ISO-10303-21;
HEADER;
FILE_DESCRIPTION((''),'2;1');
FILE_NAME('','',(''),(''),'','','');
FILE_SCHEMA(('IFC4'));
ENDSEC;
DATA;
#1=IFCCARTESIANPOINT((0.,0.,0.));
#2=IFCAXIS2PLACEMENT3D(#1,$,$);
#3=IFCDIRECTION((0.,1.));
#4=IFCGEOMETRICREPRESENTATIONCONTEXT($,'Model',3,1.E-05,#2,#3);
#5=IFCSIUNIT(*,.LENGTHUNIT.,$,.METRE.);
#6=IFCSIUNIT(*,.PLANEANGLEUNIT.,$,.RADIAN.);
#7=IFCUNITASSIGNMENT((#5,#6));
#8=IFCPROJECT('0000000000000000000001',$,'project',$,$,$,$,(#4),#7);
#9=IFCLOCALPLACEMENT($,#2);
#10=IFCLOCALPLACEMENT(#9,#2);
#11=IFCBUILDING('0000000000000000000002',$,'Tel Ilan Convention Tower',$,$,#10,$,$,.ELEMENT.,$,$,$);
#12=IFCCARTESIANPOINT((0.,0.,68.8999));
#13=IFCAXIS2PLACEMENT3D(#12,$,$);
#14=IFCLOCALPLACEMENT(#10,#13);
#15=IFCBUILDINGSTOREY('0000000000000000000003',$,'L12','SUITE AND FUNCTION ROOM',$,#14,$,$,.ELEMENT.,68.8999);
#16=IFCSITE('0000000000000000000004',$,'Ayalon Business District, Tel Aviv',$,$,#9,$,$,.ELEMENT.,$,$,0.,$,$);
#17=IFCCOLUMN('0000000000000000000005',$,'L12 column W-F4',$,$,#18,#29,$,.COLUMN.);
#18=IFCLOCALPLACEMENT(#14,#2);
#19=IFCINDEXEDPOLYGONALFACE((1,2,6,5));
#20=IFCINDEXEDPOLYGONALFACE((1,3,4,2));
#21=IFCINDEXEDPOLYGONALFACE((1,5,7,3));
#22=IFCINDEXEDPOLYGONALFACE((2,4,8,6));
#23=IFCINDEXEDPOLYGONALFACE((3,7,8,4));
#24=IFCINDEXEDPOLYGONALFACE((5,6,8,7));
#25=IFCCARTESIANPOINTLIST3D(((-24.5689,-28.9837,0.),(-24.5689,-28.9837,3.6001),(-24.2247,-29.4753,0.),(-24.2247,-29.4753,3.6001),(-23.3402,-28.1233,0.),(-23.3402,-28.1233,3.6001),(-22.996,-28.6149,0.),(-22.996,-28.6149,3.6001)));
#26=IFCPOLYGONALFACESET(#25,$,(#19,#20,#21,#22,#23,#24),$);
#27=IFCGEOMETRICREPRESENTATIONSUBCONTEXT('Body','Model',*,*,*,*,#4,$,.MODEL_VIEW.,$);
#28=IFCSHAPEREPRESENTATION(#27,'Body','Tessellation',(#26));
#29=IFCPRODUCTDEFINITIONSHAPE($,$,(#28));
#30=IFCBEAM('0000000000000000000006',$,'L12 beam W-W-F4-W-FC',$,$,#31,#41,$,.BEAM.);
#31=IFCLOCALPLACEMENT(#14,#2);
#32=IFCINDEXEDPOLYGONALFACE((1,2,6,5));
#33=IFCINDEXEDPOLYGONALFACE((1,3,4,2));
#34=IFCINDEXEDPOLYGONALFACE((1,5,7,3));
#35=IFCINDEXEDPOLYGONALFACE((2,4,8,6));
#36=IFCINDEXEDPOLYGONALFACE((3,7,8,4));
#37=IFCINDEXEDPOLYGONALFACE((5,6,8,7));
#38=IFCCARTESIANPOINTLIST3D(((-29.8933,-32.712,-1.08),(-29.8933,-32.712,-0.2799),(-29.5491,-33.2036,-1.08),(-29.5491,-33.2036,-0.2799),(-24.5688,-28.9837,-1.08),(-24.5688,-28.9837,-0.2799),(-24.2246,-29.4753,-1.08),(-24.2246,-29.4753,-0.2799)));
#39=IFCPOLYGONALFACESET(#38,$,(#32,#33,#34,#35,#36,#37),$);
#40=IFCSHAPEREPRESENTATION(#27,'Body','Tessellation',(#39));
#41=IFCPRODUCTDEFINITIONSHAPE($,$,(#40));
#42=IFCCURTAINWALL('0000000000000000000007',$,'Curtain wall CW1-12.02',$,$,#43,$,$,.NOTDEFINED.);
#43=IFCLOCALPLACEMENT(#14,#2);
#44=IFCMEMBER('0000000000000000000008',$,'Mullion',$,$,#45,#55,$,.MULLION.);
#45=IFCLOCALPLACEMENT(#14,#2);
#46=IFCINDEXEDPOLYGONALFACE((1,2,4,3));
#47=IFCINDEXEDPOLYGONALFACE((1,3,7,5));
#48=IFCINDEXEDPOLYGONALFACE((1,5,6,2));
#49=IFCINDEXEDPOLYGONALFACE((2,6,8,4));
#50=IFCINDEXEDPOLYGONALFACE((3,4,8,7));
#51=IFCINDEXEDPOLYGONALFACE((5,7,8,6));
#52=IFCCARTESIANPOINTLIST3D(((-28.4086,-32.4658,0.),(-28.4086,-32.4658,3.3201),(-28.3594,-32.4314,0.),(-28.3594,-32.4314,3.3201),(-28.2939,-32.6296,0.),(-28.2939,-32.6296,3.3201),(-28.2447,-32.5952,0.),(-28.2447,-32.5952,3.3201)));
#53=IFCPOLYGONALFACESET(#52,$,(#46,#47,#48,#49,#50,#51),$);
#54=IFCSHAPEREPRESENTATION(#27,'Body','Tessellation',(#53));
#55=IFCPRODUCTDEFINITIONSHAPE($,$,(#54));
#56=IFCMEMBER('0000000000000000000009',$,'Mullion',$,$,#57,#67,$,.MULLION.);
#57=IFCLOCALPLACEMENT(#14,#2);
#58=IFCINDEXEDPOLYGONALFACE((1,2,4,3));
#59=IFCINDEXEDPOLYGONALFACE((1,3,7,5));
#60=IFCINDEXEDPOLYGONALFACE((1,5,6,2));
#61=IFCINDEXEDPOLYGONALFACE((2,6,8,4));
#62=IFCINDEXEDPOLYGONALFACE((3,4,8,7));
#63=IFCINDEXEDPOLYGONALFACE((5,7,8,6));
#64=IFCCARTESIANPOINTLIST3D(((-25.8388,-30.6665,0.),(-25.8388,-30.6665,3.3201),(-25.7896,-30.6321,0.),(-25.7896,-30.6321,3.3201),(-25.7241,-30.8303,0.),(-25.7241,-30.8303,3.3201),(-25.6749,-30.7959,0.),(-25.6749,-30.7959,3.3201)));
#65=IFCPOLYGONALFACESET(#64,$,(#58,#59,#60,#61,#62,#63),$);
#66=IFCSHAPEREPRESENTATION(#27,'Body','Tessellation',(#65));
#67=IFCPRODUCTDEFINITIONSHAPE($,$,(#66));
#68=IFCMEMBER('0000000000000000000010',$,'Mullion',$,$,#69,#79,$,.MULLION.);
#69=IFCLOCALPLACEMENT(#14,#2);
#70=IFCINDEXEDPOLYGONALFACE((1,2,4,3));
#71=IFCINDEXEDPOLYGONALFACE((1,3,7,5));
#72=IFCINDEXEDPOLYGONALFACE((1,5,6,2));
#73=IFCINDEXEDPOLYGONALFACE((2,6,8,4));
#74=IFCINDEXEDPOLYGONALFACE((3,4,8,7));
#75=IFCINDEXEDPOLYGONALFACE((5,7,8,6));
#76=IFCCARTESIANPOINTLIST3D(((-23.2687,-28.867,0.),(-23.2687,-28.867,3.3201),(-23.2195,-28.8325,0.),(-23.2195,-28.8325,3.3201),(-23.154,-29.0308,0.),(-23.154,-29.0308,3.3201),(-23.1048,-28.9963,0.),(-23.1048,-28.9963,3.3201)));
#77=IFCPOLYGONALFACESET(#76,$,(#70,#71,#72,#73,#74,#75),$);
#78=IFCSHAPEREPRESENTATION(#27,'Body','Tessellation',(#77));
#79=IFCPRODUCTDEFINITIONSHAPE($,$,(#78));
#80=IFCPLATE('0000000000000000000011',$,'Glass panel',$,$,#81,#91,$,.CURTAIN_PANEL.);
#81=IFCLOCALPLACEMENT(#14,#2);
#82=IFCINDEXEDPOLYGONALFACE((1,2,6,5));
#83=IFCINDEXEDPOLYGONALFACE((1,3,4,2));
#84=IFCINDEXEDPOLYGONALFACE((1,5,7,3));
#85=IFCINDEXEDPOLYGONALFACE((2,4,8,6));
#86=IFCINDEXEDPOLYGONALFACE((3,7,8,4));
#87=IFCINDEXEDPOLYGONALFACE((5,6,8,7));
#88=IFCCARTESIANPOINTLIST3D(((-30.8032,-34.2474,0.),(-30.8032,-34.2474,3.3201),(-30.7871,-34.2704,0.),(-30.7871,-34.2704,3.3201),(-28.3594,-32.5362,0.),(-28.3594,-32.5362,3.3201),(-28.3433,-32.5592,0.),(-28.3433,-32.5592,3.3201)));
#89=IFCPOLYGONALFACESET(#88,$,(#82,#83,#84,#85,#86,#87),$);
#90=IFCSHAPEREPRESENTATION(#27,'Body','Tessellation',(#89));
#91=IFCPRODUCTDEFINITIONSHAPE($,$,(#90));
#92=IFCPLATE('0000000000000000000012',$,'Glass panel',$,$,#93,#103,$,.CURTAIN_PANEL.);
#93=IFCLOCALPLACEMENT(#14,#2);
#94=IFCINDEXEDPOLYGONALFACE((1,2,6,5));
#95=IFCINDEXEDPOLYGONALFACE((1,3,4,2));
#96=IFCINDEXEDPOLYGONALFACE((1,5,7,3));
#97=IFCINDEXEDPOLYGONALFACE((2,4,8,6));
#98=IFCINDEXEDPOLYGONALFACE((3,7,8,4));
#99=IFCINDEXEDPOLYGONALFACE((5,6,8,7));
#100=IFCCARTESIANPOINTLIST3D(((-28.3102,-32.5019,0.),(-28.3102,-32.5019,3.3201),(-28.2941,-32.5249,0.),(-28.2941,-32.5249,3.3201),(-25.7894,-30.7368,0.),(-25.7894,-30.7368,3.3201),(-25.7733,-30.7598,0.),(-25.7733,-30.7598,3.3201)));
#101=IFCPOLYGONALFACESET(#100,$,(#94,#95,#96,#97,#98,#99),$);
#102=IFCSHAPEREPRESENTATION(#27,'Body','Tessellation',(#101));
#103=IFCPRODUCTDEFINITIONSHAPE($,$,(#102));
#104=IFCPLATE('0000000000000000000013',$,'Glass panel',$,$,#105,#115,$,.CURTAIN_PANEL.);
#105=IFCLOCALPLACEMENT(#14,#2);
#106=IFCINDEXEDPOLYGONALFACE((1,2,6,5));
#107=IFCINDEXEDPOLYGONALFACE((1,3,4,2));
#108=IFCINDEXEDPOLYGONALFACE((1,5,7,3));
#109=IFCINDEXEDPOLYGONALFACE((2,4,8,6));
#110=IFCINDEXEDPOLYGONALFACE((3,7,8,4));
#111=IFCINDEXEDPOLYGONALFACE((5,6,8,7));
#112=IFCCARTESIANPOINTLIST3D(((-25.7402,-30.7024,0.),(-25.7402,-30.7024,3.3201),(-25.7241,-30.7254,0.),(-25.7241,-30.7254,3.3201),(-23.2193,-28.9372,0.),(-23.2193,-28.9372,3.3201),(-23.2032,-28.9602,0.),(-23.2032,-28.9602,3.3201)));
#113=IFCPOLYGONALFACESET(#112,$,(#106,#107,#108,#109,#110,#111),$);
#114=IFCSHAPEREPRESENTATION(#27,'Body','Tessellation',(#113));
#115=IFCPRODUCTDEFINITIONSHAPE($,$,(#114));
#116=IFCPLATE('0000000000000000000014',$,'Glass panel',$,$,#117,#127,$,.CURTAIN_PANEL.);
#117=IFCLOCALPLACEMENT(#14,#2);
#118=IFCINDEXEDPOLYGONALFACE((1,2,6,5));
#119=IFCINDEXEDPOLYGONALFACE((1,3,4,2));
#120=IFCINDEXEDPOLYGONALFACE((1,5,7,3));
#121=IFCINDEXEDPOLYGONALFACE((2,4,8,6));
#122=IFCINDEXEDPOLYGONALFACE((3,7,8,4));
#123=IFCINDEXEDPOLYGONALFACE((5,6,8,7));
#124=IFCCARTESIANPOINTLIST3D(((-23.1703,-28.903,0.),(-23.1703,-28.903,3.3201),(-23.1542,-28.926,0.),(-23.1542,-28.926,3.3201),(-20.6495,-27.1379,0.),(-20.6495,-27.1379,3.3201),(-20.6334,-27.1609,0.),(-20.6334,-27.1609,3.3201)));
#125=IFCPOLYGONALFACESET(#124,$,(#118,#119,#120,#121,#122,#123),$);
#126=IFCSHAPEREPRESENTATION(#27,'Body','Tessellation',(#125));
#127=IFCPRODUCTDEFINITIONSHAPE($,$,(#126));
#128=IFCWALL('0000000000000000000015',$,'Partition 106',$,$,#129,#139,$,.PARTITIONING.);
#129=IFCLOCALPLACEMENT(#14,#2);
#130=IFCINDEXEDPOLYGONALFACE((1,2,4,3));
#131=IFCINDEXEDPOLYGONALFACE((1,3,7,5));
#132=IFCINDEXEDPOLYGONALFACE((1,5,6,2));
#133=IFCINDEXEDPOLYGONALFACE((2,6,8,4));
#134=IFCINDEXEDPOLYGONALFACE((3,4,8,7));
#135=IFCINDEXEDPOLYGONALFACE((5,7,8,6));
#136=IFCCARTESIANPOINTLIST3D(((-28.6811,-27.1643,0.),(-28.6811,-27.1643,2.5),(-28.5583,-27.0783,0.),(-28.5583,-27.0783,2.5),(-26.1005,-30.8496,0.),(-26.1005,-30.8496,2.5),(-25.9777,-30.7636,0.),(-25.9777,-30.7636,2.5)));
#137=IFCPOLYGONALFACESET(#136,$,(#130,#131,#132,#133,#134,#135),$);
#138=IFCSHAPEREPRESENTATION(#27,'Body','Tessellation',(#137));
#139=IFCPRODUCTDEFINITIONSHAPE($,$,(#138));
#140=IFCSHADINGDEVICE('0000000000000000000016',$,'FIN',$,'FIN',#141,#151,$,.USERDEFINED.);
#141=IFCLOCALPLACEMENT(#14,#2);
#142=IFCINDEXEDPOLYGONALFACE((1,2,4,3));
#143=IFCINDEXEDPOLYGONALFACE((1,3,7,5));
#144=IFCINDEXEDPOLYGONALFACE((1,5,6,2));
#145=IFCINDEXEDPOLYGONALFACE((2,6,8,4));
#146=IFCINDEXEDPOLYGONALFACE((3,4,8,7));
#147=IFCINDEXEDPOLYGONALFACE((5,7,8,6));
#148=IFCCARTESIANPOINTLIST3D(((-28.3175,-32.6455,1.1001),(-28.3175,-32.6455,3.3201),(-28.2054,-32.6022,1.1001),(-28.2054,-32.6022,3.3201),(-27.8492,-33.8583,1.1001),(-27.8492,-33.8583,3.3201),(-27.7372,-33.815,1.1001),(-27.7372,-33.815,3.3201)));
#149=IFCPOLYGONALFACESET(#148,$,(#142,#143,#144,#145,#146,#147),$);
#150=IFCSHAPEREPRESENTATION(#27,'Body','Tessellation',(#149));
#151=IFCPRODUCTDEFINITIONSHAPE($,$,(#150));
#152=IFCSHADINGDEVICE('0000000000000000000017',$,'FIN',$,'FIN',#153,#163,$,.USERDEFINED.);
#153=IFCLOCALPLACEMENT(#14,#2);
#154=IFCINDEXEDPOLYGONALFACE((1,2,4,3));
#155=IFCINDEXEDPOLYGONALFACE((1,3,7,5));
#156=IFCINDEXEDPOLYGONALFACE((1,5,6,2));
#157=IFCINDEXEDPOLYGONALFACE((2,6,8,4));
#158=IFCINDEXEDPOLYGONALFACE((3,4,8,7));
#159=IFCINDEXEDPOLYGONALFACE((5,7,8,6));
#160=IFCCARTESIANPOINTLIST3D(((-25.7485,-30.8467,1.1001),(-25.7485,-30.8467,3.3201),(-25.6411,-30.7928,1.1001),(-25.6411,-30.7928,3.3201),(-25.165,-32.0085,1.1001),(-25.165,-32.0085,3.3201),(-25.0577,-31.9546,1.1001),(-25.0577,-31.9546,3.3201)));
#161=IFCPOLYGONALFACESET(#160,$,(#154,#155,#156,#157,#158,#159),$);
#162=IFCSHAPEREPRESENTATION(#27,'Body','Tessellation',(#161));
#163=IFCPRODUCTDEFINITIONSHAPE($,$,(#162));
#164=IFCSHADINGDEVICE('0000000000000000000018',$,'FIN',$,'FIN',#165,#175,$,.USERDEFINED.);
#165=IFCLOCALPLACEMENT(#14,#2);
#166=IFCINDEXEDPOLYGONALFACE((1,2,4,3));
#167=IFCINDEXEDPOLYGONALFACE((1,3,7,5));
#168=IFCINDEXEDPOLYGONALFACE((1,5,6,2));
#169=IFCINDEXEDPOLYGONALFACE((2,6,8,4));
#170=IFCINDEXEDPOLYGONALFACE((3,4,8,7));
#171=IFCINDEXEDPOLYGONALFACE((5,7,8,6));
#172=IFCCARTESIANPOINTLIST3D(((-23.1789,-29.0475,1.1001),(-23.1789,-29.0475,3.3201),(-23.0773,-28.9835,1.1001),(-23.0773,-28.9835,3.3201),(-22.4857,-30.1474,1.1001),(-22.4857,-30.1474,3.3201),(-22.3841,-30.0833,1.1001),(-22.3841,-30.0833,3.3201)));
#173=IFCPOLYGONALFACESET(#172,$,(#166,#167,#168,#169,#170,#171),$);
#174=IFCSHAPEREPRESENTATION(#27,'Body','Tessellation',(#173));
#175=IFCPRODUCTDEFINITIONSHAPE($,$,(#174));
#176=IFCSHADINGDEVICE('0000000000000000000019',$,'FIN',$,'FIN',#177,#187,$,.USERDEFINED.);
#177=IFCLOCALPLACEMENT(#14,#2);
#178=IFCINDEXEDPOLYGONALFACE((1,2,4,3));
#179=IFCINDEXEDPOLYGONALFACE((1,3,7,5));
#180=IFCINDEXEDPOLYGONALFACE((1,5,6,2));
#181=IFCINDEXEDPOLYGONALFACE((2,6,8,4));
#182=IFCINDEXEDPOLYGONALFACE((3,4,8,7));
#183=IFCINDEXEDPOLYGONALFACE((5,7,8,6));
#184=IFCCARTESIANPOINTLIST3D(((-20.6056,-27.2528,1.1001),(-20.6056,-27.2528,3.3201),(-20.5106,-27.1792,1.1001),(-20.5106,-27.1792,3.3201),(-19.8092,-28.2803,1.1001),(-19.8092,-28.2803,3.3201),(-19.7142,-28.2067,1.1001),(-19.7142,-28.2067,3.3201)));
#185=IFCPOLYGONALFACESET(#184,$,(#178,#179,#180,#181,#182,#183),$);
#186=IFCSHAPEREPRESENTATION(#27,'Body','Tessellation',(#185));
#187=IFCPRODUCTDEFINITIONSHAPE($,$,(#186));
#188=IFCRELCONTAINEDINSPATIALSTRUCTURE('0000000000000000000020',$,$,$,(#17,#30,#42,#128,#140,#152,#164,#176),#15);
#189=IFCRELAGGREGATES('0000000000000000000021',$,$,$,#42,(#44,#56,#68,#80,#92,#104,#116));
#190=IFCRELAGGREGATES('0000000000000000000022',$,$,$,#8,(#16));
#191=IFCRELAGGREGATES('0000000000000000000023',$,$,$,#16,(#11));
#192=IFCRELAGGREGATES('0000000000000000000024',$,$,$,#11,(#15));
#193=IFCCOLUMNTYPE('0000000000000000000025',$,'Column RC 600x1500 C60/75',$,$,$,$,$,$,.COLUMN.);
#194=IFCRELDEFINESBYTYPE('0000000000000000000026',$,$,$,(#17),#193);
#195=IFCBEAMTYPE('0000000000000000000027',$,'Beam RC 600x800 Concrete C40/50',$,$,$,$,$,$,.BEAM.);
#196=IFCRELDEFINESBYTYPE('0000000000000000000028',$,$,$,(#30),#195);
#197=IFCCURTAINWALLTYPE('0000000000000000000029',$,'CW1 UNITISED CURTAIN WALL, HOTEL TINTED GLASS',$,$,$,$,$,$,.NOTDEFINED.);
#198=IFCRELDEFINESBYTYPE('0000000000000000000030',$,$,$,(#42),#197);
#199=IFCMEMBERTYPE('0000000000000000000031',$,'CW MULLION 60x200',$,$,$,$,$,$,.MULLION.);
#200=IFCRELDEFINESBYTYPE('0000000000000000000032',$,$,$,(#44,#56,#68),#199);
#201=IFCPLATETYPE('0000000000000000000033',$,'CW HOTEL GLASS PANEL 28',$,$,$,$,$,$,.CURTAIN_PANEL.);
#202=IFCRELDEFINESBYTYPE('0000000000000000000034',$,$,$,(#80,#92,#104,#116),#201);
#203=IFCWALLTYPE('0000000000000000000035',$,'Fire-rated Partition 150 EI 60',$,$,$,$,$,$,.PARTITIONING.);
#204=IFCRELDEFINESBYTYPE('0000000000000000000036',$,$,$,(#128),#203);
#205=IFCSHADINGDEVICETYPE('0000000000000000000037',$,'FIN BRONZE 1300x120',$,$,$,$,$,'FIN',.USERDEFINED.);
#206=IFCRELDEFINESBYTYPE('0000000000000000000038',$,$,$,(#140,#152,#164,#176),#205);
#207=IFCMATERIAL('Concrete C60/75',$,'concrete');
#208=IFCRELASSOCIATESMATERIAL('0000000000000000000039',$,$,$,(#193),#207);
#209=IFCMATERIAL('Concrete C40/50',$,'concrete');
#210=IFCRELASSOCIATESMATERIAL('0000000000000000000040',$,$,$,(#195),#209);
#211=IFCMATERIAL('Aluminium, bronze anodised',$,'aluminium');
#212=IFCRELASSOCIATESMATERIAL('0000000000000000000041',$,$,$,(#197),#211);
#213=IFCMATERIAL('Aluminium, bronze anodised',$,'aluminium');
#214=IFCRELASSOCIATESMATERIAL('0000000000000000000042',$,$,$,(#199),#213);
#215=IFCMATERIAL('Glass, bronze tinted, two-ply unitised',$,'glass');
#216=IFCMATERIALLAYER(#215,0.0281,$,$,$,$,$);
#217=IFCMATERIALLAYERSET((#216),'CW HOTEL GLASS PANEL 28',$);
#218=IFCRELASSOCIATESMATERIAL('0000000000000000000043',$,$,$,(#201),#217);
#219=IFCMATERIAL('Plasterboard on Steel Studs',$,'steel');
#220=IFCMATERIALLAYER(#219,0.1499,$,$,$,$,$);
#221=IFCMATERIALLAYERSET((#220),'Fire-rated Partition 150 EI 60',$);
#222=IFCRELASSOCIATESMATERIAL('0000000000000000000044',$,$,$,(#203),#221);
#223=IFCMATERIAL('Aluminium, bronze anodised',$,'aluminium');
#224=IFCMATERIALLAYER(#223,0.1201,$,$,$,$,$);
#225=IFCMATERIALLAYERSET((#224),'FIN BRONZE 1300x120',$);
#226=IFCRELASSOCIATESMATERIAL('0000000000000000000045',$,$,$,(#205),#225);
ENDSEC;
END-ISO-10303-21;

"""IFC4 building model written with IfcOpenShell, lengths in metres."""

from ifc_helpers import new_model, si_unit, direction, frame, frame_2d, origin, origin_2d, place, context, subcontext, project, spatial, rectangle, extrude, material, layer, layer_set, material_profile, profile_set, type_object, element, aggregate, save


model = new_model("IFC4")

# Units and contexts
model_context = context("Model", 3, precision=1e-05, world=origin(), true_north=direction((0.0, 1.0)))
body_context = subcontext(model_context, "Body", "Model", "MODEL_VIEW")
ifc_project = project(units=[si_unit("LENGTHUNIT", "METRE"), si_unit("PLANEANGLEUNIT", "RADIAN")], contexts=[model_context])

# Site, building, storey
site_placement = place(None, origin())
site = spatial("IfcSite", under=ifc_project, at=site_placement, Name="Ayalon Business District, Tel Aviv", CompositionType="ELEMENT", RefElevation=0.0)
building_placement = place(site_placement, origin())
building = spatial("IfcBuilding", under=site, at=building_placement, Name="Tel Ilan Convention Tower", CompositionType="ELEMENT")
storey_placement = place(building_placement, frame((0.0, 0.0, 68.8999)))
storey = spatial("IfcBuildingStorey", under=building, at=storey_placement, Name="L12", Description="SUITE AND FUNCTION ROOM", CompositionType="ELEMENT", Elevation=68.8999)

# Column
ifc_material_1 = material(Name="Concrete C60/75", Category="concrete")
ifc_material_profile_1 = material_profile(ifc_material_1, rectangle(XDim=1.5, YDim=0.6001, at=origin_2d()), Name="RC 600x1500")
ifc_profile_set_1 = profile_set([ifc_material_profile_1], Name="Concrete C60/75")
column_type = type_object("IfcColumnType", Name="Column RC 600x1500 C60/75", PredefinedType="COLUMN", material=ifc_profile_set_1)
column_placement = place(storey_placement, frame((-23.7825, -28.7993, 0.0), z_axis=(0.0, 0.0, 1.0), x_axis=(-0.819152, -0.573576, 0.0)))
element("IfcColumn", 1, at=column_placement, inside=storey, type_object=column_type, Name="L12 column W-F4", PredefinedType="COLUMN", context=body_context, shape_type="SweptSolid", body=[
    extrude(rectangle(XDim=1.5, YDim=0.6001, at=origin_2d()), origin(), (0.0, 0.0, 1.0), 3.6001),
])

# Beam
ifc_material_2 = material(Name="Concrete C40/50", Category="concrete")
ifc_material_profile_2 = material_profile(ifc_material_2, rectangle(XDim=0.6001, YDim=0.8, at=origin_2d()), Name="RC 600x800")
ifc_profile_set_2 = profile_set([ifc_material_profile_2], Name="Concrete C40/50")
beam_type = type_object("IfcBeamType", Name="Beam RC 600x800 Concrete C40/50", PredefinedType="BEAM", material=ifc_profile_set_2)
beam_placement = place(storey_placement, frame((-24.3967, -29.2295, -0.6799), z_axis=(-0.819149, -0.573581, 0.0), x_axis=(0.573581, -0.819149, 0.0)))
element("IfcBeam", 2, at=beam_placement, inside=storey, type_object=beam_type, Name="L12 beam W-W-F4-W-FC", PredefinedType="BEAM", context=body_context, shape_type="SweptSolid", body=[
    extrude(rectangle(XDim=0.6001, YDim=0.8, at=origin_2d()), origin(), (0.0, 0.0, 1.0), 6.5),
])

# Curtain wall, members, plates
ifc_material_3 = material(Name="Aluminium, bronze anodised", Category="aluminium")
curtain_wall_type = type_object("IfcCurtainWallType", Name="CW1 UNITISED CURTAIN WALL, HOTEL TINTED GLASS", PredefinedType="NOTDEFINED", material=ifc_material_3)
curtain_wall_placement = place(storey_placement, origin())
curtain_wall = element("IfcCurtainWall", 3, at=curtain_wall_placement, inside=storey, type_object=curtain_wall_type, Name="Curtain wall CW1-12.02", PredefinedType="NOTDEFINED")
ifc_material_4 = material(Name="Aluminium, bronze anodised", Category="aluminium")
ifc_material_profile_3 = material_profile(ifc_material_4, rectangle(XDim=0.0601, YDim=0.2, at=origin_2d()), Name="CW MULLION 60x200")
ifc_profile_set_3 = profile_set([ifc_material_profile_3], Name="Aluminium, bronze anodised")
member_type = type_object("IfcMemberType", Name="CW MULLION 60x200", PredefinedType="MULLION", material=ifc_profile_set_3)
member_1_placement = place(storey_placement, frame((-28.3267, -32.5305, 0.0), z_axis=(0.0, 0.0, 1.0), x_axis=(0.819152, 0.573576, 0.0)))
member_1 = element("IfcMember", 4, at=member_1_placement, type_object=member_type, Name="Mullion", PredefinedType="MULLION", context=body_context, shape_type="SweptSolid", body=[
    extrude(rectangle(XDim=0.0601, YDim=0.2, at=origin_2d()), origin(), (0.0, 0.0, 1.0), 3.3201),
])
member_2_placement = place(storey_placement, frame((-25.7568, -30.7312, 0.0), z_axis=(0.0, 0.0, 1.0), x_axis=(0.819152, 0.573576, 0.0)))
member_2 = element("IfcMember", 5, at=member_2_placement, type_object=member_type, Name="Mullion", PredefinedType="MULLION", context=body_context, shape_type="SweptSolid", body=[
    extrude(rectangle(XDim=0.0601, YDim=0.2, at=origin_2d()), origin(), (0.0, 0.0, 1.0), 3.3201),
])
member_3_placement = place(storey_placement, frame((-23.1868, -28.9316, 0.0), z_axis=(0.0, 0.0, 1.0), x_axis=(0.819152, 0.573576, 0.0)))
member_3 = element("IfcMember", 6, at=member_3_placement, type_object=member_type, Name="Mullion", PredefinedType="MULLION", context=body_context, shape_type="SweptSolid", body=[
    extrude(rectangle(XDim=0.0601, YDim=0.2, at=origin_2d()), origin(), (0.0, 0.0, 1.0), 3.3201),
])
ifc_material_5 = material(Name="Glass, bronze tinted, two-ply unitised", Category="glass")
ifc_layer_1 = layer(ifc_material_5, 0.0281)
ifc_layer_set_1 = layer_set([ifc_layer_1], Name="CW HOTEL GLASS PANEL 28")
plate_type = type_object("IfcPlateType", Name="CW HOTEL GLASS PANEL 28", PredefinedType="CURTAIN_PANEL", material=ifc_layer_set_1)
plate_1_placement = place(storey_placement, frame((-29.5732, -33.4033, 0.0), z_axis=(0.0, 0.0, 1.0), x_axis=(0.819152, 0.573576, 0.0)))
plate_1 = element("IfcPlate", 7, at=plate_1_placement, type_object=plate_type, Name="Glass panel", PredefinedType="CURTAIN_PANEL", context=body_context, shape_type="SweptSolid", body=[
    extrude(rectangle(XDim=2.9834, YDim=0.0281, at=origin_2d()), origin(), (0.0, 0.0, 1.0), 3.3201),
])
plate_2_placement = place(storey_placement, frame((-27.0417, -31.6309, 0.0), z_axis=(0.0, 0.0, 1.0), x_axis=(0.819152, 0.573576, 0.0)))
plate_2 = element("IfcPlate", 8, at=plate_2_placement, type_object=plate_type, Name="Glass panel", PredefinedType="CURTAIN_PANEL", context=body_context, shape_type="SweptSolid", body=[
    extrude(rectangle(XDim=3.0774, YDim=0.0281, at=origin_2d()), origin(), (0.0, 0.0, 1.0), 3.3201),
])
plate_3_placement = place(storey_placement, frame((-24.4717, -29.8313, 0.0), z_axis=(0.0, 0.0, 1.0), x_axis=(0.819152, 0.573576, 0.0)))
plate_3 = element("IfcPlate", 9, at=plate_3_placement, type_object=plate_type, Name="Glass panel", PredefinedType="CURTAIN_PANEL", context=body_context, shape_type="SweptSolid", body=[
    extrude(rectangle(XDim=3.0774, YDim=0.0281, at=origin_2d()), origin(), (0.0, 0.0, 1.0), 3.3201),
])
plate_4_placement = place(storey_placement, frame((-21.9019, -28.032, 0.0), z_axis=(0.0, 0.0, 1.0), x_axis=(0.819152, 0.573576, 0.0)))
plate_4 = element("IfcPlate", 10, at=plate_4_placement, type_object=plate_type, Name="Glass panel", PredefinedType="CURTAIN_PANEL", context=body_context, shape_type="SweptSolid", body=[
    extrude(rectangle(XDim=3.0774, YDim=0.0281, at=origin_2d()), origin(), (0.0, 0.0, 1.0), 3.3201),
])
aggregate(curtain_wall, [member_1, member_2, member_3, plate_1, plate_2, plate_3, plate_4])

# Wall
ifc_material_6 = material(Name="Plasterboard on Steel Studs", Category="steel")
ifc_layer_2 = layer(ifc_material_6, 0.1499)
ifc_layer_set_2 = layer_set([ifc_layer_2], Name="Fire-rated Partition 150 EI 60")
wall_type = type_object("IfcWallType", Name="Fire-rated Partition 150 EI 60", PredefinedType="PARTITIONING", material=ifc_layer_set_2)
wall_placement = place(storey_placement, frame((-26.0391, -30.8066, 0.0), z_axis=(0.0, 0.0, 1.0), x_axis=(-0.57359, 0.819143, 0.0)))
element("IfcWall", 11, at=wall_placement, inside=storey, type_object=wall_type, Name="Partition 106", PredefinedType="PARTITIONING", context=body_context, shape_type="SweptSolid", body=[
    extrude(rectangle(XDim=4.499, YDim=0.1499, at=frame_2d((2.2495, 0.0))), origin(), (0.0, 0.0, 1.0), 2.5),
])

# Shading devices
ifc_material_7 = material(Name="Aluminium, bronze anodised", Category="aluminium")
ifc_layer_3 = layer(ifc_material_7, 0.1201)
ifc_layer_set_3 = layer_set([ifc_layer_3], Name="FIN BRONZE 1300x120")
shading_device_type = type_object("IfcShadingDeviceType", Name="FIN BRONZE 1300x120", ElementType="FIN", PredefinedType="USERDEFINED", material=ifc_layer_set_3)
for number, where, z_axis, x_axis, name in (
    (12, (-28.0273, -33.2302, 1.1001), (0.0, 0.0, 1.0), (0.360178, -0.932884, 0.0), "FIN"),
    (13, (-25.4031, -31.4006, 1.1001), (0.0, 0.0, 1.0), (0.448799, -0.893633, 0.0), "FIN"),
    (14, (-22.7815, -29.5654, 1.1001), (0.0, 0.0, 1.0), (0.533204, -0.845986, 0.0), "FIN"),
    (15, (-20.1599, -27.7297, 1.1001), (0.0, 0.0, 1.0), (0.612601, -0.790393, 0.0), "FIN"),
):
    element("IfcShadingDevice", number, at=place(storey_placement, frame(where, z_axis=z_axis, x_axis=x_axis)), inside=storey, type_object=shading_device_type, Name=name, ObjectType="FIN", PredefinedType="USERDEFINED", context=body_context, shape_type="SweptSolid", body=[
        extrude(rectangle(XDim=1.3, YDim=0.1201, at=origin_2d()), origin(), (0.0, 0.0, 1.0), 2.22),
    ])

save(model, "model.ifc")
